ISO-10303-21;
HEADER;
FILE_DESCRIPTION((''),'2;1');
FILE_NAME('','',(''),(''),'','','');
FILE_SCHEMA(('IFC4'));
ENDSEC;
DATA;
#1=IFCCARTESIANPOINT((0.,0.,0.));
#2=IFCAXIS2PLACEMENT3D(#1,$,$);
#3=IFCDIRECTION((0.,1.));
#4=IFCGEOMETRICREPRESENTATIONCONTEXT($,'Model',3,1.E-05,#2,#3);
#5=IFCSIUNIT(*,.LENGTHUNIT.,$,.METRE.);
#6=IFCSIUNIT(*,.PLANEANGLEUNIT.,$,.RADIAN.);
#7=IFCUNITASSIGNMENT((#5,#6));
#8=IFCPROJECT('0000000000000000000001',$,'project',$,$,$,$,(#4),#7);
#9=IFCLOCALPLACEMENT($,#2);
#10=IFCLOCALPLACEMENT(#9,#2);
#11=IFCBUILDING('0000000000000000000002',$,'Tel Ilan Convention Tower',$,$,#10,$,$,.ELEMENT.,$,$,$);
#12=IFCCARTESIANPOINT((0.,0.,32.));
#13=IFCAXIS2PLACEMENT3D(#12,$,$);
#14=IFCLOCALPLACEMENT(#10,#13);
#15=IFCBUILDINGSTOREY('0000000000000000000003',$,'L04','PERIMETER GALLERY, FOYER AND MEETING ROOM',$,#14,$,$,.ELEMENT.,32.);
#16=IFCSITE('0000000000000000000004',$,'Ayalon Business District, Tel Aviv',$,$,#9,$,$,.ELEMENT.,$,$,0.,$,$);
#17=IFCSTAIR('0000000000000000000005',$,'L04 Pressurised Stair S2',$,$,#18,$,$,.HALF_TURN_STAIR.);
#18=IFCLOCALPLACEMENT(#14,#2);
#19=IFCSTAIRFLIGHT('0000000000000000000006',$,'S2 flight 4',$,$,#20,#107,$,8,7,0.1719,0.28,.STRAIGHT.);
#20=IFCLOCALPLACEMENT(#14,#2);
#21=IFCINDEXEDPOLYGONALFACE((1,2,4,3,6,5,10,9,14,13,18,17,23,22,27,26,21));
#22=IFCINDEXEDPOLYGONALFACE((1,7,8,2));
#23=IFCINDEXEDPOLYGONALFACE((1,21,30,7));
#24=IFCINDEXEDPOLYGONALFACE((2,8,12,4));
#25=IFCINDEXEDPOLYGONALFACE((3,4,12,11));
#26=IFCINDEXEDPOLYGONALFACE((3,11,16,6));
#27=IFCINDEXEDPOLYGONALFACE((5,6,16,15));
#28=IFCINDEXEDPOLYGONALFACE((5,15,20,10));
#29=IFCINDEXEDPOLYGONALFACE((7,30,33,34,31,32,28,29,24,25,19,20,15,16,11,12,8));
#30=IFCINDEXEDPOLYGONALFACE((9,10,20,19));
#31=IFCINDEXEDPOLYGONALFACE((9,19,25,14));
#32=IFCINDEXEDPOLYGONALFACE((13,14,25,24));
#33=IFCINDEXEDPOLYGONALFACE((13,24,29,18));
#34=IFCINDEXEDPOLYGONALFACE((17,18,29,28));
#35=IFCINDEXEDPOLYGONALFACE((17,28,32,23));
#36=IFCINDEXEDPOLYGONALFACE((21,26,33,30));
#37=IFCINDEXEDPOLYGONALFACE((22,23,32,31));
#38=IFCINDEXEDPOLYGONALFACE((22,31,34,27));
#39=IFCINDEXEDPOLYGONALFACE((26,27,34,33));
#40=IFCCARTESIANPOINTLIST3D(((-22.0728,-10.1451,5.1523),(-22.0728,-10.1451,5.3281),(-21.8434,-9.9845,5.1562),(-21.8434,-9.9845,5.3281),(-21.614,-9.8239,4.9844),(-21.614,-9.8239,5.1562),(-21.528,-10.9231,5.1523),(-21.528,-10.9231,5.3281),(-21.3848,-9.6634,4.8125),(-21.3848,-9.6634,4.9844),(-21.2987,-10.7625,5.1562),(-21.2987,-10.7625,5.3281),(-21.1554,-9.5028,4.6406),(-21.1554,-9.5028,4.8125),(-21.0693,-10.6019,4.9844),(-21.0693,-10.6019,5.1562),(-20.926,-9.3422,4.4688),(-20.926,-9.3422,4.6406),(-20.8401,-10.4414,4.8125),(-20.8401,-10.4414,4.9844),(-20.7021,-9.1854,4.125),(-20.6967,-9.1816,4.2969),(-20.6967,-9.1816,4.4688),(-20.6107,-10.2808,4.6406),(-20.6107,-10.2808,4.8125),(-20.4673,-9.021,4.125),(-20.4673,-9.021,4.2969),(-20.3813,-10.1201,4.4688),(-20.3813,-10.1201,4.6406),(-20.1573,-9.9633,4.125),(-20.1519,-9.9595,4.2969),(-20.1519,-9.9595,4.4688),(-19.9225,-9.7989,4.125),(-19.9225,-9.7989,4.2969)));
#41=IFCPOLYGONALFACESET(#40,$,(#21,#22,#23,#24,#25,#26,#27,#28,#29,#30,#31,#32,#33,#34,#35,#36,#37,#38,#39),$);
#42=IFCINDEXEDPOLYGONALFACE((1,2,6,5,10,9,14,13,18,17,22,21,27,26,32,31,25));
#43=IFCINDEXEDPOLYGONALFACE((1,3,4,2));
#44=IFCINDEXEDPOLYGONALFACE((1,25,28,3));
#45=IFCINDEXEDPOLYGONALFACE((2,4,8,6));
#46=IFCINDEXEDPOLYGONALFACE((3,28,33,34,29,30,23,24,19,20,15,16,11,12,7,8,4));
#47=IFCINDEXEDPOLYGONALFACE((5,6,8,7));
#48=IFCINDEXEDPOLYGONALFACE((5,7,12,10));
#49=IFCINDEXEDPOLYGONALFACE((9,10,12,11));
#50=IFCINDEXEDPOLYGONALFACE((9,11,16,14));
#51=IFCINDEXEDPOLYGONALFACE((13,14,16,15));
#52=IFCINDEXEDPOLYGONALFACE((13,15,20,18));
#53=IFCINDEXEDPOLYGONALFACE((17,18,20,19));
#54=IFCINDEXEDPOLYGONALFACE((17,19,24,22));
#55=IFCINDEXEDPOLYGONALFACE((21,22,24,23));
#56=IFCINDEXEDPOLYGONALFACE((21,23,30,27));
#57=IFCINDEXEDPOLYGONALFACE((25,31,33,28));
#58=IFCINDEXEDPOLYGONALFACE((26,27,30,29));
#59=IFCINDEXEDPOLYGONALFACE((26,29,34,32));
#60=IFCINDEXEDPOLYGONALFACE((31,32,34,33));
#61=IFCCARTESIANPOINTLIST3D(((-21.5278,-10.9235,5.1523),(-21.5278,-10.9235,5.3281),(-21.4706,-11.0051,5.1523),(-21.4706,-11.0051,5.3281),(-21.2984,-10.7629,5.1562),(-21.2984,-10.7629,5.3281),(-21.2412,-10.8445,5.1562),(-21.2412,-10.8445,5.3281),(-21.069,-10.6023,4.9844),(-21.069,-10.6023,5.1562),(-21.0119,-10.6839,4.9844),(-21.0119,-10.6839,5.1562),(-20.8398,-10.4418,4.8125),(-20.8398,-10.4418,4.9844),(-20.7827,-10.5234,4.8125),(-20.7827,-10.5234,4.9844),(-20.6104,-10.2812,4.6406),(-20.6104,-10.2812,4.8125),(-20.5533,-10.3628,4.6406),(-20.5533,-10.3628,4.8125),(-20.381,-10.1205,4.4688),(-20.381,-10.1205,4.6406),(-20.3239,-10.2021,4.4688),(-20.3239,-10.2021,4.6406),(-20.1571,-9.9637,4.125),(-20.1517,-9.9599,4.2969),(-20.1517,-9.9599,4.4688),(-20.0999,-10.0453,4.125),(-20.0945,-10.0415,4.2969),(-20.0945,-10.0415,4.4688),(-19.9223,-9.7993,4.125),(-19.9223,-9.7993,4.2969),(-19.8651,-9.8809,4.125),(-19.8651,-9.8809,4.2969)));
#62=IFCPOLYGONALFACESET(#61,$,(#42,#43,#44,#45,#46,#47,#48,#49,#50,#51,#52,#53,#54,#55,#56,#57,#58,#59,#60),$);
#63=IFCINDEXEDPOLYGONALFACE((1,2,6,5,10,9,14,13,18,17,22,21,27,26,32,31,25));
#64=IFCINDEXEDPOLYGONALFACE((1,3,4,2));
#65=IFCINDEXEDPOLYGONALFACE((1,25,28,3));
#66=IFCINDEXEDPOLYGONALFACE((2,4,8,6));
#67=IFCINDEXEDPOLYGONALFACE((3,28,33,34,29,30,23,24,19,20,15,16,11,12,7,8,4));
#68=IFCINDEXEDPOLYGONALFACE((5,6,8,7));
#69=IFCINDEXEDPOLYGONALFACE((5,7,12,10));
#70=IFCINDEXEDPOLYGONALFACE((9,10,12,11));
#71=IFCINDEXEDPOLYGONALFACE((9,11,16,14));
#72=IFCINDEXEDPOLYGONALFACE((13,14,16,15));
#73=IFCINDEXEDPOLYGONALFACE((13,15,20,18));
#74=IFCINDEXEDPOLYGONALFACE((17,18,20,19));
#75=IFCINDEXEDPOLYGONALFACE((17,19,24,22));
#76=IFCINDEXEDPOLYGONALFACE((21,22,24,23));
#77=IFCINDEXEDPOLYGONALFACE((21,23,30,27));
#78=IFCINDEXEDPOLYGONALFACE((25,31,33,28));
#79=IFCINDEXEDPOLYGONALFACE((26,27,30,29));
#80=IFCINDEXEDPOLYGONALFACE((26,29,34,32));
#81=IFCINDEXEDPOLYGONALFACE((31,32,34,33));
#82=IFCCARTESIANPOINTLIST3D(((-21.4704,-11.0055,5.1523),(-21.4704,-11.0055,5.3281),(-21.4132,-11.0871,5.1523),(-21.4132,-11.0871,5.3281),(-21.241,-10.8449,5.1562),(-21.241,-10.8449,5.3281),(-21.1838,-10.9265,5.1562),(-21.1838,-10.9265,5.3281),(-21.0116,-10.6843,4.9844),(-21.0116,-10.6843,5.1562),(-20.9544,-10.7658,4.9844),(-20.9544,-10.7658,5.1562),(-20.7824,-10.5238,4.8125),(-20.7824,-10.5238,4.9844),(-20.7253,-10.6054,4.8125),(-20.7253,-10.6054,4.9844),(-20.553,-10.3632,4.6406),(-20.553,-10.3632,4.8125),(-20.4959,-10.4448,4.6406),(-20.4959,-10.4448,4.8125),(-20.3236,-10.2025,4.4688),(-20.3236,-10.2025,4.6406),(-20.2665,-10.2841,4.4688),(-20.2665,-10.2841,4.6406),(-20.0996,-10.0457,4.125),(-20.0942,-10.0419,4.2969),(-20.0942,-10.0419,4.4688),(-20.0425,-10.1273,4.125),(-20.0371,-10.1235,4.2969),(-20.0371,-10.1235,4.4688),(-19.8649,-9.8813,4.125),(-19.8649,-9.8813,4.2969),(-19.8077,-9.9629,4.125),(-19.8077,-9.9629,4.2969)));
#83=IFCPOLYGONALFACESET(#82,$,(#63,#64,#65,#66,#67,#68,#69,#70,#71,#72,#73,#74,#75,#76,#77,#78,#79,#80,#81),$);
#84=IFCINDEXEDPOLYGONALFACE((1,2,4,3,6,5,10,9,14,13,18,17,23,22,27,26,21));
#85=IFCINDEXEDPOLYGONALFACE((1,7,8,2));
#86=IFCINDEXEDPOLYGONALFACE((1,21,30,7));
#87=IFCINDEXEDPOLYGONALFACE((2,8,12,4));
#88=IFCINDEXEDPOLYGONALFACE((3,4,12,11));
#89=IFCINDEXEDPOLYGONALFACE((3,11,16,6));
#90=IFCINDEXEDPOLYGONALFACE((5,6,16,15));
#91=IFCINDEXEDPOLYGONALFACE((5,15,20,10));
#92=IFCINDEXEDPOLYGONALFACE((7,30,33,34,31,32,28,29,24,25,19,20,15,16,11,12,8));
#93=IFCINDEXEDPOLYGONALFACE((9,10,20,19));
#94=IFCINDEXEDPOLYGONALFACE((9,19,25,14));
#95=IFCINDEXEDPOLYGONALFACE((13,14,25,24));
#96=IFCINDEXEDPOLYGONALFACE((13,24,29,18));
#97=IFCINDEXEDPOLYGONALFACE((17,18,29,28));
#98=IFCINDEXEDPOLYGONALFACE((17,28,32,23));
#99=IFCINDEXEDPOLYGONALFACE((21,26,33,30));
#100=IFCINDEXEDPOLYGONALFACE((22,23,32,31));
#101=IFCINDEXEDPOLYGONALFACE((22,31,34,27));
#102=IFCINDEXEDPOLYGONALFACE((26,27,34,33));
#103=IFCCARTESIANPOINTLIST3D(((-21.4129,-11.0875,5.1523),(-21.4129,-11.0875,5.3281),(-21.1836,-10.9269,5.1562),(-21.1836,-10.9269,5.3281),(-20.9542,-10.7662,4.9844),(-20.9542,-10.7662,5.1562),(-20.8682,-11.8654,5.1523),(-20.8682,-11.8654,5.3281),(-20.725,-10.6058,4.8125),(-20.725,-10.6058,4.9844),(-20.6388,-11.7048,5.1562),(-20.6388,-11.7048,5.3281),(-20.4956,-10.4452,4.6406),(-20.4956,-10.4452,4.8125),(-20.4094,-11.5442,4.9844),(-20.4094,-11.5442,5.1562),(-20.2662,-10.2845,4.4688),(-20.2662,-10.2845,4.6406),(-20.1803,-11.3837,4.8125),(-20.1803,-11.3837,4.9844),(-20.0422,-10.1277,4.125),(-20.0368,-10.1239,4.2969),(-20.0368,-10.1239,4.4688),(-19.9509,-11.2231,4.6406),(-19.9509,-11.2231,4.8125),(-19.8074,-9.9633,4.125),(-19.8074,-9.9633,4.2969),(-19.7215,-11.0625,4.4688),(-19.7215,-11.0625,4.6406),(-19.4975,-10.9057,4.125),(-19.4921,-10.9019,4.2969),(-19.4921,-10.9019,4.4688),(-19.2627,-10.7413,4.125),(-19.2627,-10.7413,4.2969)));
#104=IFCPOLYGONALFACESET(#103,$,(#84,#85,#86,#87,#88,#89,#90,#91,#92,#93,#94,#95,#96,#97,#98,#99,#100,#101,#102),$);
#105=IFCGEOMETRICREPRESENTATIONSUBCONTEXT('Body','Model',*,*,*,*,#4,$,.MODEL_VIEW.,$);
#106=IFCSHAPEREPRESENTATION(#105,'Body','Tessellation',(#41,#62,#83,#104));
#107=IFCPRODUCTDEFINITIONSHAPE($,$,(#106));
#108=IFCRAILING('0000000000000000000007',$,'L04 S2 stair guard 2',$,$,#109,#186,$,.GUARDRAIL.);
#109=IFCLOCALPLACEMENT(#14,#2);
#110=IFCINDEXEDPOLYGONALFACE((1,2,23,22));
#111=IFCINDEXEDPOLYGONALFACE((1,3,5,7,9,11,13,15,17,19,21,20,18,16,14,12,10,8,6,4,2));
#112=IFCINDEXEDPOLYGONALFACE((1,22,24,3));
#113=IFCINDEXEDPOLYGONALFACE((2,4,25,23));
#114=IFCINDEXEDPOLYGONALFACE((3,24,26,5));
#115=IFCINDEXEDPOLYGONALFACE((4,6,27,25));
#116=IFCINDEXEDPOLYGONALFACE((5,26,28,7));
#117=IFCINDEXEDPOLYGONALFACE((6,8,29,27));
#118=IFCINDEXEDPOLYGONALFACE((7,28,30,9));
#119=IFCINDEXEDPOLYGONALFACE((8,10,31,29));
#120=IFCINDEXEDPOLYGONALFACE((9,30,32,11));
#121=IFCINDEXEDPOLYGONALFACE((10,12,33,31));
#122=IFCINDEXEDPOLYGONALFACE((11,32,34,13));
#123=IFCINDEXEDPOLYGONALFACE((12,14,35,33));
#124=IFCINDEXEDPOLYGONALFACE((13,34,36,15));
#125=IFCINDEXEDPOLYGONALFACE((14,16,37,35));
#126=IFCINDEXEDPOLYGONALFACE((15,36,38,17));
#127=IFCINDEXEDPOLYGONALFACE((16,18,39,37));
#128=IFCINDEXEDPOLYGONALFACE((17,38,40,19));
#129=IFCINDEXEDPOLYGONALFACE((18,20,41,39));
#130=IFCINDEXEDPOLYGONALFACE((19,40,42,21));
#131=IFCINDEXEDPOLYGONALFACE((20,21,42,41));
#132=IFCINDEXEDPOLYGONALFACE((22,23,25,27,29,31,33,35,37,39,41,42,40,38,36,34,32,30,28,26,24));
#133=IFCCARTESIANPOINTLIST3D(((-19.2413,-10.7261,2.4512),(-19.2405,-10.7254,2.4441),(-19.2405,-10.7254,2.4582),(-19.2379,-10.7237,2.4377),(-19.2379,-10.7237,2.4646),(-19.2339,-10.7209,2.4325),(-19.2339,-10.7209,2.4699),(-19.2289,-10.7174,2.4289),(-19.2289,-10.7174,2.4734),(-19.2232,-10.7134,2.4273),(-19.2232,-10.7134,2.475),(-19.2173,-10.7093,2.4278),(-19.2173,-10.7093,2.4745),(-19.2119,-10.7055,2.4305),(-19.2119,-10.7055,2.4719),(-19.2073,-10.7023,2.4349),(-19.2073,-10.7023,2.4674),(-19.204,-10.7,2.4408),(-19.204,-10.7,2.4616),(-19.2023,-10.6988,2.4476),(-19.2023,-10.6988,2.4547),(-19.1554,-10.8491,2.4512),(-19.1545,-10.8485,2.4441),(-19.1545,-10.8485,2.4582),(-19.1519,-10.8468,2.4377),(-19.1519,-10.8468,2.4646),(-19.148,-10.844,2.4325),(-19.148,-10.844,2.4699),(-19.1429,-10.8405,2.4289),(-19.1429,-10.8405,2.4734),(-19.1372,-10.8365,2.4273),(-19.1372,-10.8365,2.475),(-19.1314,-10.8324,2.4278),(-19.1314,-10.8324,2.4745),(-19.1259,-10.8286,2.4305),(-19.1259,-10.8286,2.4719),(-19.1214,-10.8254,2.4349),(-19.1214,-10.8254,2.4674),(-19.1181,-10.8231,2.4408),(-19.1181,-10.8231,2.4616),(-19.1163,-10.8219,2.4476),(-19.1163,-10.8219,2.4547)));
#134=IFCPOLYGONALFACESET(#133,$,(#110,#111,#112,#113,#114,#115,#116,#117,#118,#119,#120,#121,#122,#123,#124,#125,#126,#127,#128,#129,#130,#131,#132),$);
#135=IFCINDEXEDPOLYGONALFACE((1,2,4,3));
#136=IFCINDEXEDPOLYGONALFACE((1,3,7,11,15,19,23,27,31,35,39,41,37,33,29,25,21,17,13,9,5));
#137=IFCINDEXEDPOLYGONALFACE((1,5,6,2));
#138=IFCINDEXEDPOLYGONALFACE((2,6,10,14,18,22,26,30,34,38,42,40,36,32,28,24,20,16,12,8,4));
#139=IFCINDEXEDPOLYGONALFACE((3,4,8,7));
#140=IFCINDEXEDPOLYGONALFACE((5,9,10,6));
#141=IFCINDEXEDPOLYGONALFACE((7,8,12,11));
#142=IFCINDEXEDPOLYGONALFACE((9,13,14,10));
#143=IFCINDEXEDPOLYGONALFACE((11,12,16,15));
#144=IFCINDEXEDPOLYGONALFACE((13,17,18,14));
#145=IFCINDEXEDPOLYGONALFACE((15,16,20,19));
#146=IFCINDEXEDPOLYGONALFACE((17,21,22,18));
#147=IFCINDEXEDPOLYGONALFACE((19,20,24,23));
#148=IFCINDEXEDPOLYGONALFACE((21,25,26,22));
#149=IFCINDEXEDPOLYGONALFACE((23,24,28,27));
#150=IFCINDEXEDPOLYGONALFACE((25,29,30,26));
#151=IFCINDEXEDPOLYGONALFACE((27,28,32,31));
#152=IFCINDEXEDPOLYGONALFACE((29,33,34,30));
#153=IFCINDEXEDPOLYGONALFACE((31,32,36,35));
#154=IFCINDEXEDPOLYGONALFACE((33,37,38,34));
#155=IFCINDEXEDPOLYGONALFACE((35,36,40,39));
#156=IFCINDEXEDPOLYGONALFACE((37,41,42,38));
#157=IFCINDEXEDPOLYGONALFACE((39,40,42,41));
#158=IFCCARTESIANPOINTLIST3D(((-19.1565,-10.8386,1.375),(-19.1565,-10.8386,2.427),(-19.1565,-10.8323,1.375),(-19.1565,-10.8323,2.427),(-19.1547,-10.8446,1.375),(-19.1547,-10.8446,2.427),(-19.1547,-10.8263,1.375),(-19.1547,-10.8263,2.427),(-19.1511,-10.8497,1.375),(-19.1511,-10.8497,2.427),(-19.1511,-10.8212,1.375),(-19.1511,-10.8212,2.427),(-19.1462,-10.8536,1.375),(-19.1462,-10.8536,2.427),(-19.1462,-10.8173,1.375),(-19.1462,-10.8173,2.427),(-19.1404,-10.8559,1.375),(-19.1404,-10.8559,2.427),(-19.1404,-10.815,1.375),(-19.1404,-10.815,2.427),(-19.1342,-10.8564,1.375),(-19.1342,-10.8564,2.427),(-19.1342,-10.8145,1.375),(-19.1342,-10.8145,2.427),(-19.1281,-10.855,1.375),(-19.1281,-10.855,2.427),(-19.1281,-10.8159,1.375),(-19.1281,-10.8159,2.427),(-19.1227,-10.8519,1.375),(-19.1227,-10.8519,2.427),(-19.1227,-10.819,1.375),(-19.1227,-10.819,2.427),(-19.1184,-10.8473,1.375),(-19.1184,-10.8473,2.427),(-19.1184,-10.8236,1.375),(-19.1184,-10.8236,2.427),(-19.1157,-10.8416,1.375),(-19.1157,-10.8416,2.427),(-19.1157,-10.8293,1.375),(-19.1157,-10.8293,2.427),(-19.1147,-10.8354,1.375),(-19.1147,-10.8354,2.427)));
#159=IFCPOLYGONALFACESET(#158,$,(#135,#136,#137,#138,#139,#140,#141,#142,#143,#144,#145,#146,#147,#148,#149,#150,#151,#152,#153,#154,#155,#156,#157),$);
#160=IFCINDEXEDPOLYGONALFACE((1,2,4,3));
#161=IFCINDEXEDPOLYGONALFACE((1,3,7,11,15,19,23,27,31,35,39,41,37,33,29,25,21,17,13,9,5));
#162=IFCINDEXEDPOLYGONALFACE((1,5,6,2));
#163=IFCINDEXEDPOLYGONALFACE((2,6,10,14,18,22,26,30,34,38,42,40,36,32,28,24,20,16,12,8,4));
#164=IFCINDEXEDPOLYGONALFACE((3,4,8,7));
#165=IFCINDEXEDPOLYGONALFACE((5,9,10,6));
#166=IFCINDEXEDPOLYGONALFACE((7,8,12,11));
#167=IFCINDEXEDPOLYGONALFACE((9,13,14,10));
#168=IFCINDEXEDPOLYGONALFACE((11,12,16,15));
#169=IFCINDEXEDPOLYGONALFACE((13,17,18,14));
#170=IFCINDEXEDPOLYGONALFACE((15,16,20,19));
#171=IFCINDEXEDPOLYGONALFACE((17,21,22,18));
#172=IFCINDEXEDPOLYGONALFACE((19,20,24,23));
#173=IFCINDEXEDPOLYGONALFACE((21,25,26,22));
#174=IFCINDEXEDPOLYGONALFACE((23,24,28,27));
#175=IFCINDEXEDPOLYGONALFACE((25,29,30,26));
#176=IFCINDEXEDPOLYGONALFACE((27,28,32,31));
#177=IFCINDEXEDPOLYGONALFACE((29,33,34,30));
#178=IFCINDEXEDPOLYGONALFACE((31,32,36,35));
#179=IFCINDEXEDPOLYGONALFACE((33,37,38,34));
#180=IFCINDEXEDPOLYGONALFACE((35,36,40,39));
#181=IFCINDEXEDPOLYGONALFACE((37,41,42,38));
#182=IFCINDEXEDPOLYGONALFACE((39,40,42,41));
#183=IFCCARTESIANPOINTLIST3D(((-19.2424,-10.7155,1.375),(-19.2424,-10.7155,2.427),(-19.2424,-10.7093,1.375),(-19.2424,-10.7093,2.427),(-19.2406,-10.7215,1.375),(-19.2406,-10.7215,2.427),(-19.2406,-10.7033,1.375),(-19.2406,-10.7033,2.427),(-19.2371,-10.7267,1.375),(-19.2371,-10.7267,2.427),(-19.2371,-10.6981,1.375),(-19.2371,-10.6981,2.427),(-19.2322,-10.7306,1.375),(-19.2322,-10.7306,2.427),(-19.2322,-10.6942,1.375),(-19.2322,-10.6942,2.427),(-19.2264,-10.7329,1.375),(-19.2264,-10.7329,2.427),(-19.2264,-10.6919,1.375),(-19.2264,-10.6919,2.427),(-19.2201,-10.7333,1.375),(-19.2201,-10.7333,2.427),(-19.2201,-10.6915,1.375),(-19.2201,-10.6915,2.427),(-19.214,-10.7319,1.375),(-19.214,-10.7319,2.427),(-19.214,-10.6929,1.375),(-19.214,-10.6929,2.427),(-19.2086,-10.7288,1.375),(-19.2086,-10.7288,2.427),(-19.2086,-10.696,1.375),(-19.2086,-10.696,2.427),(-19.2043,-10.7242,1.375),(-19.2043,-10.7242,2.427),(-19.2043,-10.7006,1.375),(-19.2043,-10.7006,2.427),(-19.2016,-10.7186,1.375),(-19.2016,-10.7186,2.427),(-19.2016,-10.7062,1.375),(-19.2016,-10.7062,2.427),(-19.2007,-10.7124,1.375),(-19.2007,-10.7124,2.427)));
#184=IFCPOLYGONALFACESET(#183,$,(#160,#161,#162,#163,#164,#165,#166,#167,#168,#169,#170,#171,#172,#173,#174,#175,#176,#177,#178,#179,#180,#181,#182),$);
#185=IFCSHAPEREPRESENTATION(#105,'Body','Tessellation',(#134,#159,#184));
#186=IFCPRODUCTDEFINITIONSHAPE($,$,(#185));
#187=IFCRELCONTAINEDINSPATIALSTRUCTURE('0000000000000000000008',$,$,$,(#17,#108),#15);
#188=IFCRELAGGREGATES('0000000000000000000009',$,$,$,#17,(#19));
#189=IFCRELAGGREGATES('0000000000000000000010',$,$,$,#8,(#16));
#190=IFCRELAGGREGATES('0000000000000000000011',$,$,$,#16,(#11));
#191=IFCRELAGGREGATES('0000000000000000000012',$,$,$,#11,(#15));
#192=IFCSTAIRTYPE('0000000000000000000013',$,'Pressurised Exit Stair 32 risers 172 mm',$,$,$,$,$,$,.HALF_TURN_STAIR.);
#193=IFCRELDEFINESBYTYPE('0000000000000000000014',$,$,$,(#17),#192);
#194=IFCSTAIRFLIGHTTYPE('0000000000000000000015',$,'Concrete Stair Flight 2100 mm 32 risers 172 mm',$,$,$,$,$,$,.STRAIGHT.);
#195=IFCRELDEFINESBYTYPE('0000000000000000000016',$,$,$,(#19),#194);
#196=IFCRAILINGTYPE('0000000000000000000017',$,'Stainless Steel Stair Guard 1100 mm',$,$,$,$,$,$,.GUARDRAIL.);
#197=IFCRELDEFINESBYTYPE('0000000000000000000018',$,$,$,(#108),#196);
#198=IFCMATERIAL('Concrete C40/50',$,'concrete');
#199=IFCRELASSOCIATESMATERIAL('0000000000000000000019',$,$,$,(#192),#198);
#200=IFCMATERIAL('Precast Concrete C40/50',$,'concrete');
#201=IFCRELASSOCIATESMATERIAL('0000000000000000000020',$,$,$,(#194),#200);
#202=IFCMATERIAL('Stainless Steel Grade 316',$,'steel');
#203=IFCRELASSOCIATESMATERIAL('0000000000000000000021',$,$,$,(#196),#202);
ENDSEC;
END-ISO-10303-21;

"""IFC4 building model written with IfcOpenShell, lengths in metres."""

from ifc_helpers import new_model, si_unit, direction, frame, origin, origin_2d, place, context, subcontext, project, spatial, polyline, circle, outline, extrude, material, type_object, element, aggregate, save


model = new_model("IFC4")

# Units and contexts
model_context = context("Model", 3, precision=1e-05, world=origin(), true_north=direction((0.0, 1.0)))
body_context = subcontext(model_context, "Body", "Model", "MODEL_VIEW")
ifc_project = project(units=[si_unit("LENGTHUNIT", "METRE"), si_unit("PLANEANGLEUNIT", "RADIAN")], contexts=[model_context])

# Site, building, storey
site_placement = place(None, origin())
site = spatial("IfcSite", under=ifc_project, at=site_placement, Name="Ayalon Business District, Tel Aviv", CompositionType="ELEMENT", RefElevation=0.0)
building_placement = place(site_placement, origin())
building = spatial("IfcBuilding", under=site, at=building_placement, Name="Tel Ilan Convention Tower", CompositionType="ELEMENT")
storey_placement = place(building_placement, frame((0.0, 0.0, 32.0)))
storey = spatial("IfcBuildingStorey", under=building, at=storey_placement, Name="L04", Description="PERIMETER GALLERY, FOYER AND MEETING ROOM", CompositionType="ELEMENT", Elevation=32.0)

# Stair, stair flight
ifc_material_1 = material(Name="Concrete C40/50", Category="concrete")
stair_type = type_object("IfcStairType", Name="Pressurised Exit Stair 32 risers 172 mm", PredefinedType="HALF_TURN_STAIR", material=ifc_material_1)
stair_placement = place(storey_placement, origin())
stair = element("IfcStair", 1, at=stair_placement, inside=storey, type_object=stair_type, Name="L04 Pressurised Stair S2", PredefinedType="HALF_TURN_STAIR")
ifc_material_2 = material(Name="Precast Concrete C40/50", Category="concrete")
stair_flight_type = type_object("IfcStairFlightType", Name="Concrete Stair Flight 2100 mm 32 risers 172 mm", PredefinedType="STRAIGHT", material=ifc_material_2)
stair_flight_1_placement = place(storey_placement, frame((-19.865, -9.8811, 4.125), z_axis=(0.0, 0.0, 1.0), x_axis=(-0.819152, -0.573576, 0.0)))
stair_flight_1 = element("IfcStairFlight", 2, at=stair_flight_1_placement, type_object=stair_flight_type, Name="S2 flight 4", NumberOfRisers=8, NumberOfTreads=7, PredefinedType="STRAIGHT", RiserHeight=0.1719, TreadLength=0.28, context=body_context, shape_type="SweptSolid", body=[
    extrude(outline(polyline([(0.0, 0.0), (0.0, 0.1719), (0.28, 0.1719), (0.28, 0.3438), (0.5601, 0.3438), (0.5601, 0.5156), (0.8401, 0.5156), (0.8401, 0.6875), (1.1201, 0.6875), (1.1201, 0.8594), (1.3999, 0.8594), (1.3999, 1.0312), (1.6799, 1.0312), (1.6799, 1.2031), (1.96, 1.2031), (1.96, 1.375), (1.96, 1.0273), (0.2866, 0.0), (0.0, 0.0)])), frame((0.0, -0.1003, 0.0), z_axis=(0.0, -1.0, 0.0), x_axis=(1.0, 0.0, 0.0)), (0.0, 0.0, 1.0), 0.9497),
    extrude(outline(polyline([(0.0, 0.0), (0.0, 0.1719), (0.28, 0.1719), (0.28, 0.3438), (0.5601, 0.3438), (0.5601, 0.5156), (0.8401, 0.5156), (0.8401, 0.6875), (1.1201, 0.6875), (1.1201, 0.8594), (1.3999, 0.8594), (1.3999, 1.0312), (1.6799, 1.0312), (1.6799, 1.2031), (1.96, 1.2031), (1.96, 1.375), (1.96, 1.0273), (0.2866, 0.0), (0.0, 0.0)])), frame((0.0, -0.0002, 0.0), z_axis=(0.0, -1.0, 0.0), x_axis=(1.0, 0.0, 0.0)), (0.0, 0.0, 1.0), 0.0996),
    extrude(outline(polyline([(0.0, 0.0), (0.0, 0.1719), (0.28, 0.1719), (0.28, 0.3438), (0.5601, 0.3438), (0.5601, 0.5156), (0.8401, 0.5156), (0.8401, 0.6875), (1.1201, 0.6875), (1.1201, 0.8594), (1.3999, 0.8594), (1.3999, 1.0312), (1.6799, 1.0312), (1.6799, 1.2031), (1.96, 1.2031), (1.96, 1.375), (1.96, 1.0273), (0.2866, 0.0), (0.0, 0.0)])), frame((0.0, 0.0999, 0.0), z_axis=(0.0, -1.0, 0.0), x_axis=(1.0, 0.0, 0.0)), (0.0, 0.0, 1.0), 0.0996),
    extrude(outline(polyline([(0.0, 0.0), (0.0, 0.1719), (0.28, 0.1719), (0.28, 0.3438), (0.5601, 0.3438), (0.5601, 0.5156), (0.8401, 0.5156), (0.8401, 0.6875), (1.1201, 0.6875), (1.1201, 0.8594), (1.3999, 0.8594), (1.3999, 1.0312), (1.6799, 1.0312), (1.6799, 1.2031), (1.96, 1.2031), (1.96, 1.375), (1.96, 1.0273), (0.2866, 0.0), (0.0, 0.0)])), frame((0.0, 1.05, 0.0), z_axis=(0.0, -1.0, 0.0), x_axis=(1.0, 0.0, 0.0)), (0.0, 0.0, 1.0), 0.9497),
])
aggregate(stair, [stair_flight_1])

# Railing
ifc_material_3 = material(Name="Stainless Steel Grade 316", Category="steel")
railing_type_1 = type_object("IfcRailingType", Name="Stainless Steel Stair Guard 1100 mm", PredefinedType="GUARDRAIL", material=ifc_material_3)
railing_1_placement = place(storey_placement, frame((-19.1357, -10.8354, 1.375)))
element("IfcRailing", 3, at=railing_1_placement, inside=storey, type_object=railing_type_1, Name="L04 S2 stair guard 2", PredefinedType="GUARDRAIL", context=body_context, shape_type="SweptSolid", body=[
    extrude(circle(Radius=0.0239, at=origin_2d()), frame((0.0, 0.0, 1.0762), z_axis=(-0.572589, 0.819843, 0.0), x_axis=(-0.819843, -0.572589, 0.0)), (0.0, 0.0, 1.0), 0.1501),
    extrude(circle(Radius=0.021, at=origin_2d()), origin(), (0.0, 0.0, 1.0), 1.052),
    extrude(circle(Radius=0.021, at=origin_2d()), frame((-0.0859, 0.123, 0.0)), (0.0, 0.0, 1.0), 1.052),
])

save(model, "model.ifc")
